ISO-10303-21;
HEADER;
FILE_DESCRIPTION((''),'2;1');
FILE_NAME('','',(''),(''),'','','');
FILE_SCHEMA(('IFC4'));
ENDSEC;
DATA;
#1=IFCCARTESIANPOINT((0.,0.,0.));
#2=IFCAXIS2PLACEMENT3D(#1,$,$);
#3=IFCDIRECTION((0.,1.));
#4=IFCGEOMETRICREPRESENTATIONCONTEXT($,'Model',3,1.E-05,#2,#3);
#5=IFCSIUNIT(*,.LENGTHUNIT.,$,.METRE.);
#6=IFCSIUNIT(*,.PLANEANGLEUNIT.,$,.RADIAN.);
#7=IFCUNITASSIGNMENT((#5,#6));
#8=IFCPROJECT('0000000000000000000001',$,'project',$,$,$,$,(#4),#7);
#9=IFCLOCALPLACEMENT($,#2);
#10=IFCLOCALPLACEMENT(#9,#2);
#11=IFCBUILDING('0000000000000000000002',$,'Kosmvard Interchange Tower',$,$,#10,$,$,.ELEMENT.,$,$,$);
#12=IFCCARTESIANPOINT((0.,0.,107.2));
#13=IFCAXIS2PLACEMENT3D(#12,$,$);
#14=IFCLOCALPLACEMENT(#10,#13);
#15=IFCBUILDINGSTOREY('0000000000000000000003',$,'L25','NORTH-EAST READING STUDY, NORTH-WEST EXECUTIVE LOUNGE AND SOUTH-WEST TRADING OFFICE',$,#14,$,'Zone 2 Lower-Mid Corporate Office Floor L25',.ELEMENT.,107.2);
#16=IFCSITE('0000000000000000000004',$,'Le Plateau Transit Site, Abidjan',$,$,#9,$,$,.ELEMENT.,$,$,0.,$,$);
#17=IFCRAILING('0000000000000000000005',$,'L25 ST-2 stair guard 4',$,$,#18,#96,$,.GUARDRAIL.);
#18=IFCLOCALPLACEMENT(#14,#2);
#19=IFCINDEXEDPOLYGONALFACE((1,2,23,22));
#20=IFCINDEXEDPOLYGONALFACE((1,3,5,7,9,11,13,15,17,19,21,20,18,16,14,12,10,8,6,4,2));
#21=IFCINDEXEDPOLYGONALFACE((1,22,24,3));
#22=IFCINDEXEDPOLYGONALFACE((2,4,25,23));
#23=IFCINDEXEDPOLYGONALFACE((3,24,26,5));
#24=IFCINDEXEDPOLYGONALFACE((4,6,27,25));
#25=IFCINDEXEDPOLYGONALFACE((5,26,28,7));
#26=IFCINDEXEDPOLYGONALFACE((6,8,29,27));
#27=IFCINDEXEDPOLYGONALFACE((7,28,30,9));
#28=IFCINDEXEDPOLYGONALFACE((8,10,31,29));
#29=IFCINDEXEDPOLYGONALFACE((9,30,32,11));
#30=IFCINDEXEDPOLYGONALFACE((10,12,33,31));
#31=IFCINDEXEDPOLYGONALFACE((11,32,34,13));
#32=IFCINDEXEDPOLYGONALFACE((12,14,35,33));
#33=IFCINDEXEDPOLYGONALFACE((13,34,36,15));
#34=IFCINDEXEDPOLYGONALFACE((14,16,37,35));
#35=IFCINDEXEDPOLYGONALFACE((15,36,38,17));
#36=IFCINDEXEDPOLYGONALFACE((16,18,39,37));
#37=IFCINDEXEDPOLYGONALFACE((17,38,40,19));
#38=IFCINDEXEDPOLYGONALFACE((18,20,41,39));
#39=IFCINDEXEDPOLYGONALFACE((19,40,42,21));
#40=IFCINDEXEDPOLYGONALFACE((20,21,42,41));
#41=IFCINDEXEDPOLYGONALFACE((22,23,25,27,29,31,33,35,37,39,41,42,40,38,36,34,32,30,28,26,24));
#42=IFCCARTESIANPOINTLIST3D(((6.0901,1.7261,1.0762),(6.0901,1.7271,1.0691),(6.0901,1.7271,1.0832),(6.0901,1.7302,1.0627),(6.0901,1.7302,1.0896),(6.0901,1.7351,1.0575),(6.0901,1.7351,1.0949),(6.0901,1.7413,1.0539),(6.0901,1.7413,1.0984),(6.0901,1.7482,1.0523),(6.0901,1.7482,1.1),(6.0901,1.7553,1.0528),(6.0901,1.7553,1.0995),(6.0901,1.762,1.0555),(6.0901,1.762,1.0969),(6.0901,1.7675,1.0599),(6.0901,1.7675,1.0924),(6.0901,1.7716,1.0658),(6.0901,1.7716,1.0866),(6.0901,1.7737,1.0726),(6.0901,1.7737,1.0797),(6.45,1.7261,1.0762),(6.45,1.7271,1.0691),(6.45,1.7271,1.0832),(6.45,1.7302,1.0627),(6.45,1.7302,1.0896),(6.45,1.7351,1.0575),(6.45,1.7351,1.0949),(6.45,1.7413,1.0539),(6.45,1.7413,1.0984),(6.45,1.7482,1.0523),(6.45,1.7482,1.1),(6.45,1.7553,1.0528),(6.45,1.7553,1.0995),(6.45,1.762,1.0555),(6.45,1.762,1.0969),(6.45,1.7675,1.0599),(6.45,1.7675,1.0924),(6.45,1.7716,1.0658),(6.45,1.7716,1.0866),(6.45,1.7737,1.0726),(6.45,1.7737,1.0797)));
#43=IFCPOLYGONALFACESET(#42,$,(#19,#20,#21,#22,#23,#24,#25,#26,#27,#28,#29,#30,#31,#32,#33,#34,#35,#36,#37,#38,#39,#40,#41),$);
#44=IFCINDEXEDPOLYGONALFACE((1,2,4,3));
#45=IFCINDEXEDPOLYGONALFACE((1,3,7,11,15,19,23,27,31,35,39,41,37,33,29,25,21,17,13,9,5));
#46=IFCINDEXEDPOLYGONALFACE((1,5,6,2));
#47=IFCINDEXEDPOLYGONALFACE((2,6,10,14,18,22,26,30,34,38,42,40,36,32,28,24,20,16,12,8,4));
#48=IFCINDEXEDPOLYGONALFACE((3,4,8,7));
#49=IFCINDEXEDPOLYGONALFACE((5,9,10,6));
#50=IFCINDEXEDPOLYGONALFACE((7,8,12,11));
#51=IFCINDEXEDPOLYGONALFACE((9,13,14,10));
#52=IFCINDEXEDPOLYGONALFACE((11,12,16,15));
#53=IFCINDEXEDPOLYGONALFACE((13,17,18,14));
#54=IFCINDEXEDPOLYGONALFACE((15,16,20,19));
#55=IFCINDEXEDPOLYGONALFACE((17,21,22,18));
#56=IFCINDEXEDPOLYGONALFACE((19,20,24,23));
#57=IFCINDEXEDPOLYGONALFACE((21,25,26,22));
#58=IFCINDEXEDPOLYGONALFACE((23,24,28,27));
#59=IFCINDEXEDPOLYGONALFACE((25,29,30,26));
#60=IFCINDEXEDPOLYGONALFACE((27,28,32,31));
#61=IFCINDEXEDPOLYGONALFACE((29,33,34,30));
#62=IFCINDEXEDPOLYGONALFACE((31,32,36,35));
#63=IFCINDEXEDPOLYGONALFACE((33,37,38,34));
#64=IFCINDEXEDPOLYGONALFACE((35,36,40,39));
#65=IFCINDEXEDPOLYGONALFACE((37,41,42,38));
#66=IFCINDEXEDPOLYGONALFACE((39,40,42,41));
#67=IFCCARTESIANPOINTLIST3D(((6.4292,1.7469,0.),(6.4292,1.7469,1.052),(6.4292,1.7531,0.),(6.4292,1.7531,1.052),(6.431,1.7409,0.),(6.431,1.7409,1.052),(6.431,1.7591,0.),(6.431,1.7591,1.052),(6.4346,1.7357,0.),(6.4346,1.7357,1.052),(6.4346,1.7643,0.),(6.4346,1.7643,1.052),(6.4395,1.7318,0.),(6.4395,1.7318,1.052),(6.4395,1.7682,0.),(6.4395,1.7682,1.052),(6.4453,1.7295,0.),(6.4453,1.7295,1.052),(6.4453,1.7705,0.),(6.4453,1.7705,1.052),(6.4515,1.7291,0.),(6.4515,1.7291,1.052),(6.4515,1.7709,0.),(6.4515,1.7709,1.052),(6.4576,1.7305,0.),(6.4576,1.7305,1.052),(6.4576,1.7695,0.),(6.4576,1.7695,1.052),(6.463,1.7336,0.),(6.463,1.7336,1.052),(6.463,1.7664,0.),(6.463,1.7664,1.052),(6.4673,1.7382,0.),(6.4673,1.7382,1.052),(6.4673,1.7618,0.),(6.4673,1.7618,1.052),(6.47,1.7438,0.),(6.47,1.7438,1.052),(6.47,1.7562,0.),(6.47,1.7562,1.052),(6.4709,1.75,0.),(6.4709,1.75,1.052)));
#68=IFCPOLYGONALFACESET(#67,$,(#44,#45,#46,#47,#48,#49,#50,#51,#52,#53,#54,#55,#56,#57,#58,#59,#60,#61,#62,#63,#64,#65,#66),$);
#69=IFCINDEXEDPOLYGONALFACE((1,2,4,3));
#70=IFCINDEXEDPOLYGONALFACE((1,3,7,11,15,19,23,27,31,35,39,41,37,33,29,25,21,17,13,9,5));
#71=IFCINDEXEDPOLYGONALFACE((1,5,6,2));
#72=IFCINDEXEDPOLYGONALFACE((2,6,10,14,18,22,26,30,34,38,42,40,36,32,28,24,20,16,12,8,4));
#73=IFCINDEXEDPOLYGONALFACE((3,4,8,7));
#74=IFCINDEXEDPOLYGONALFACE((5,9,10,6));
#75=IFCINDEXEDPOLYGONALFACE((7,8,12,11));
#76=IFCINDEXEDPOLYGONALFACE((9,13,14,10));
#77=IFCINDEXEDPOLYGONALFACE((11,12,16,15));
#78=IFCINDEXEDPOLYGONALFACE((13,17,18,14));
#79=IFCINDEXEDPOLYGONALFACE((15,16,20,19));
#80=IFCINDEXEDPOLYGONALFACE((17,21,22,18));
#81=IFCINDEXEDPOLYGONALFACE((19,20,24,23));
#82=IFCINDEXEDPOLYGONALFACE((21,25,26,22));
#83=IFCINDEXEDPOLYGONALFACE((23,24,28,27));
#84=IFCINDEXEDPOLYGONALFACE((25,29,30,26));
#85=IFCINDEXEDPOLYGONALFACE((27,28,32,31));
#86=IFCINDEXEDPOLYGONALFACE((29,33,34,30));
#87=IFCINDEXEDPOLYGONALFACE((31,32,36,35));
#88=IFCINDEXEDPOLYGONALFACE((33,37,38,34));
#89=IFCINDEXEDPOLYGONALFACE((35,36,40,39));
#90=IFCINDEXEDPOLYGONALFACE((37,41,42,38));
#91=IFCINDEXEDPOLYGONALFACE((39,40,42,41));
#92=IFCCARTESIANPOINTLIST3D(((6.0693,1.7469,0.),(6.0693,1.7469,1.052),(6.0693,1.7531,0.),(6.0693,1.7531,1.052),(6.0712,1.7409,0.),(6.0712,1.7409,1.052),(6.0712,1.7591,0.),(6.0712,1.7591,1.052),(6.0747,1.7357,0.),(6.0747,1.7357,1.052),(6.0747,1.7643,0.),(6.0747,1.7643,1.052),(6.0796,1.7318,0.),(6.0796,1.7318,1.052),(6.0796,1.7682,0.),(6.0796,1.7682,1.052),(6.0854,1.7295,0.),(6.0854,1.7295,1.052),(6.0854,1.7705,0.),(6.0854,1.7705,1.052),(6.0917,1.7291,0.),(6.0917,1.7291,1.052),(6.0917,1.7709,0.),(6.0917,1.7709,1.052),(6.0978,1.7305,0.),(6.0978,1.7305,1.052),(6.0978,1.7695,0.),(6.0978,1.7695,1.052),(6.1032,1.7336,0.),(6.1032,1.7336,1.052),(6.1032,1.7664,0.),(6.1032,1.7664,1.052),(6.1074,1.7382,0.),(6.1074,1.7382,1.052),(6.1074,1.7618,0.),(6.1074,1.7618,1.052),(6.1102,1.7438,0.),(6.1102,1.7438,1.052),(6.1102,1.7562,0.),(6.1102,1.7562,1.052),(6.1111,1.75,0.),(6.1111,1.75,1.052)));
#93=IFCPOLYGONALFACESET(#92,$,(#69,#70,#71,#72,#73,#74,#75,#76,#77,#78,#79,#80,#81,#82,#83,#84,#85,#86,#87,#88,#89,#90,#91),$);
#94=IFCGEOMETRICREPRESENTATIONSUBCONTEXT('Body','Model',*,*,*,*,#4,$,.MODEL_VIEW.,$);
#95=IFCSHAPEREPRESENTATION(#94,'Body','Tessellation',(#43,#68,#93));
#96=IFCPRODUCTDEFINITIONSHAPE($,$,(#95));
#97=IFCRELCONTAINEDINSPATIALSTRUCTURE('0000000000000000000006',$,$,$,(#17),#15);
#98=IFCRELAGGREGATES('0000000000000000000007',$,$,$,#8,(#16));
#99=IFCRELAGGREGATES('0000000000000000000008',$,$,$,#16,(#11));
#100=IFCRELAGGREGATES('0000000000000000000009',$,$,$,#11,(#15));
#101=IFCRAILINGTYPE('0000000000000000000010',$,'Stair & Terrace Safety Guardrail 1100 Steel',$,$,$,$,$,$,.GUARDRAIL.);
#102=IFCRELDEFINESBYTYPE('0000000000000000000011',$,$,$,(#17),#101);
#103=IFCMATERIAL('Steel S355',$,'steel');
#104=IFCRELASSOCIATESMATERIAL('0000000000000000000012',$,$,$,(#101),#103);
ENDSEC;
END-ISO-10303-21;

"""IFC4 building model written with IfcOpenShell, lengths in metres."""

from ifc_helpers import new_model, si_unit, direction, frame, origin, origin_2d, place, context, subcontext, project, spatial, circle, extrude, source, transform, mapped, material, type_object, element, save


model = new_model("IFC4")

# Units and contexts
model_context = context("Model", 3, precision=1e-05, world=origin(), true_north=direction((0.0, 1.0)))
body_context = subcontext(model_context, "Body", "Model", "MODEL_VIEW")
ifc_project = project(units=[si_unit("LENGTHUNIT", "METRE"), si_unit("PLANEANGLEUNIT", "RADIAN")], contexts=[model_context])

# Site, building, storey
site_placement = place(None, origin())
site = spatial("IfcSite", under=ifc_project, at=site_placement, Name="Le Plateau Transit Site, Abidjan", CompositionType="ELEMENT", RefElevation=0.0)
building_placement = place(site_placement, origin())
building = spatial("IfcBuilding", under=site, at=building_placement, Name="Kosmvard Interchange Tower", CompositionType="ELEMENT")
storey_placement = place(building_placement, frame((0.0, 0.0, 107.2)))
storey = spatial("IfcBuildingStorey", under=building, at=storey_placement, Name="L25", Description="NORTH-EAST READING STUDY, NORTH-WEST EXECUTIVE LOUNGE AND SOUTH-WEST TRADING OFFICE", LongName="Zone 2 Lower-Mid Corporate Office Floor L25", CompositionType="ELEMENT", Elevation=107.2)

# Shared definitions
ifc_material_1 = material(Name="Steel S355", Category="steel")

# Railing
railing_type_1 = type_object("IfcRailingType", Name="Stair & Terrace Safety Guardrail 1100 Steel", PredefinedType="GUARDRAIL", material=ifc_material_1)
shared_shape_1 = source(origin(), body_context, "Body", "SweptSolid", [
    extrude(circle(Radius=0.0239, at=origin_2d()), frame((0.0, 0.0, 1.0762), z_axis=(-1.0, 0.0, 0.0), x_axis=(0.0, -1.0, 0.0)), (0.0, 0.0, 1.0), 0.3599),
    extrude(circle(Radius=0.021, at=origin_2d()), origin(), (0.0, 0.0, 1.0), 1.052),
    extrude(circle(Radius=0.021, at=origin_2d()), frame((-0.3599, 0.0, 0.0)), (0.0, 0.0, 1.0), 1.052),
])
for number, where, name in (
    (1, (6.45, 1.75, 0.0), "L25 ST-2 stair guard 4"),
):
    element("IfcRailing", number, at=place(storey_placement, frame(where)), inside=storey, type_object=railing_type_1, Name=name, PredefinedType="GUARDRAIL", context=body_context, shape_type="MappedRepresentation", body=[
        mapped(shared_shape_1, transform((0.0, 0.0, 0.0), scale=1.0)),
    ])

save(model, "model.ifc")
